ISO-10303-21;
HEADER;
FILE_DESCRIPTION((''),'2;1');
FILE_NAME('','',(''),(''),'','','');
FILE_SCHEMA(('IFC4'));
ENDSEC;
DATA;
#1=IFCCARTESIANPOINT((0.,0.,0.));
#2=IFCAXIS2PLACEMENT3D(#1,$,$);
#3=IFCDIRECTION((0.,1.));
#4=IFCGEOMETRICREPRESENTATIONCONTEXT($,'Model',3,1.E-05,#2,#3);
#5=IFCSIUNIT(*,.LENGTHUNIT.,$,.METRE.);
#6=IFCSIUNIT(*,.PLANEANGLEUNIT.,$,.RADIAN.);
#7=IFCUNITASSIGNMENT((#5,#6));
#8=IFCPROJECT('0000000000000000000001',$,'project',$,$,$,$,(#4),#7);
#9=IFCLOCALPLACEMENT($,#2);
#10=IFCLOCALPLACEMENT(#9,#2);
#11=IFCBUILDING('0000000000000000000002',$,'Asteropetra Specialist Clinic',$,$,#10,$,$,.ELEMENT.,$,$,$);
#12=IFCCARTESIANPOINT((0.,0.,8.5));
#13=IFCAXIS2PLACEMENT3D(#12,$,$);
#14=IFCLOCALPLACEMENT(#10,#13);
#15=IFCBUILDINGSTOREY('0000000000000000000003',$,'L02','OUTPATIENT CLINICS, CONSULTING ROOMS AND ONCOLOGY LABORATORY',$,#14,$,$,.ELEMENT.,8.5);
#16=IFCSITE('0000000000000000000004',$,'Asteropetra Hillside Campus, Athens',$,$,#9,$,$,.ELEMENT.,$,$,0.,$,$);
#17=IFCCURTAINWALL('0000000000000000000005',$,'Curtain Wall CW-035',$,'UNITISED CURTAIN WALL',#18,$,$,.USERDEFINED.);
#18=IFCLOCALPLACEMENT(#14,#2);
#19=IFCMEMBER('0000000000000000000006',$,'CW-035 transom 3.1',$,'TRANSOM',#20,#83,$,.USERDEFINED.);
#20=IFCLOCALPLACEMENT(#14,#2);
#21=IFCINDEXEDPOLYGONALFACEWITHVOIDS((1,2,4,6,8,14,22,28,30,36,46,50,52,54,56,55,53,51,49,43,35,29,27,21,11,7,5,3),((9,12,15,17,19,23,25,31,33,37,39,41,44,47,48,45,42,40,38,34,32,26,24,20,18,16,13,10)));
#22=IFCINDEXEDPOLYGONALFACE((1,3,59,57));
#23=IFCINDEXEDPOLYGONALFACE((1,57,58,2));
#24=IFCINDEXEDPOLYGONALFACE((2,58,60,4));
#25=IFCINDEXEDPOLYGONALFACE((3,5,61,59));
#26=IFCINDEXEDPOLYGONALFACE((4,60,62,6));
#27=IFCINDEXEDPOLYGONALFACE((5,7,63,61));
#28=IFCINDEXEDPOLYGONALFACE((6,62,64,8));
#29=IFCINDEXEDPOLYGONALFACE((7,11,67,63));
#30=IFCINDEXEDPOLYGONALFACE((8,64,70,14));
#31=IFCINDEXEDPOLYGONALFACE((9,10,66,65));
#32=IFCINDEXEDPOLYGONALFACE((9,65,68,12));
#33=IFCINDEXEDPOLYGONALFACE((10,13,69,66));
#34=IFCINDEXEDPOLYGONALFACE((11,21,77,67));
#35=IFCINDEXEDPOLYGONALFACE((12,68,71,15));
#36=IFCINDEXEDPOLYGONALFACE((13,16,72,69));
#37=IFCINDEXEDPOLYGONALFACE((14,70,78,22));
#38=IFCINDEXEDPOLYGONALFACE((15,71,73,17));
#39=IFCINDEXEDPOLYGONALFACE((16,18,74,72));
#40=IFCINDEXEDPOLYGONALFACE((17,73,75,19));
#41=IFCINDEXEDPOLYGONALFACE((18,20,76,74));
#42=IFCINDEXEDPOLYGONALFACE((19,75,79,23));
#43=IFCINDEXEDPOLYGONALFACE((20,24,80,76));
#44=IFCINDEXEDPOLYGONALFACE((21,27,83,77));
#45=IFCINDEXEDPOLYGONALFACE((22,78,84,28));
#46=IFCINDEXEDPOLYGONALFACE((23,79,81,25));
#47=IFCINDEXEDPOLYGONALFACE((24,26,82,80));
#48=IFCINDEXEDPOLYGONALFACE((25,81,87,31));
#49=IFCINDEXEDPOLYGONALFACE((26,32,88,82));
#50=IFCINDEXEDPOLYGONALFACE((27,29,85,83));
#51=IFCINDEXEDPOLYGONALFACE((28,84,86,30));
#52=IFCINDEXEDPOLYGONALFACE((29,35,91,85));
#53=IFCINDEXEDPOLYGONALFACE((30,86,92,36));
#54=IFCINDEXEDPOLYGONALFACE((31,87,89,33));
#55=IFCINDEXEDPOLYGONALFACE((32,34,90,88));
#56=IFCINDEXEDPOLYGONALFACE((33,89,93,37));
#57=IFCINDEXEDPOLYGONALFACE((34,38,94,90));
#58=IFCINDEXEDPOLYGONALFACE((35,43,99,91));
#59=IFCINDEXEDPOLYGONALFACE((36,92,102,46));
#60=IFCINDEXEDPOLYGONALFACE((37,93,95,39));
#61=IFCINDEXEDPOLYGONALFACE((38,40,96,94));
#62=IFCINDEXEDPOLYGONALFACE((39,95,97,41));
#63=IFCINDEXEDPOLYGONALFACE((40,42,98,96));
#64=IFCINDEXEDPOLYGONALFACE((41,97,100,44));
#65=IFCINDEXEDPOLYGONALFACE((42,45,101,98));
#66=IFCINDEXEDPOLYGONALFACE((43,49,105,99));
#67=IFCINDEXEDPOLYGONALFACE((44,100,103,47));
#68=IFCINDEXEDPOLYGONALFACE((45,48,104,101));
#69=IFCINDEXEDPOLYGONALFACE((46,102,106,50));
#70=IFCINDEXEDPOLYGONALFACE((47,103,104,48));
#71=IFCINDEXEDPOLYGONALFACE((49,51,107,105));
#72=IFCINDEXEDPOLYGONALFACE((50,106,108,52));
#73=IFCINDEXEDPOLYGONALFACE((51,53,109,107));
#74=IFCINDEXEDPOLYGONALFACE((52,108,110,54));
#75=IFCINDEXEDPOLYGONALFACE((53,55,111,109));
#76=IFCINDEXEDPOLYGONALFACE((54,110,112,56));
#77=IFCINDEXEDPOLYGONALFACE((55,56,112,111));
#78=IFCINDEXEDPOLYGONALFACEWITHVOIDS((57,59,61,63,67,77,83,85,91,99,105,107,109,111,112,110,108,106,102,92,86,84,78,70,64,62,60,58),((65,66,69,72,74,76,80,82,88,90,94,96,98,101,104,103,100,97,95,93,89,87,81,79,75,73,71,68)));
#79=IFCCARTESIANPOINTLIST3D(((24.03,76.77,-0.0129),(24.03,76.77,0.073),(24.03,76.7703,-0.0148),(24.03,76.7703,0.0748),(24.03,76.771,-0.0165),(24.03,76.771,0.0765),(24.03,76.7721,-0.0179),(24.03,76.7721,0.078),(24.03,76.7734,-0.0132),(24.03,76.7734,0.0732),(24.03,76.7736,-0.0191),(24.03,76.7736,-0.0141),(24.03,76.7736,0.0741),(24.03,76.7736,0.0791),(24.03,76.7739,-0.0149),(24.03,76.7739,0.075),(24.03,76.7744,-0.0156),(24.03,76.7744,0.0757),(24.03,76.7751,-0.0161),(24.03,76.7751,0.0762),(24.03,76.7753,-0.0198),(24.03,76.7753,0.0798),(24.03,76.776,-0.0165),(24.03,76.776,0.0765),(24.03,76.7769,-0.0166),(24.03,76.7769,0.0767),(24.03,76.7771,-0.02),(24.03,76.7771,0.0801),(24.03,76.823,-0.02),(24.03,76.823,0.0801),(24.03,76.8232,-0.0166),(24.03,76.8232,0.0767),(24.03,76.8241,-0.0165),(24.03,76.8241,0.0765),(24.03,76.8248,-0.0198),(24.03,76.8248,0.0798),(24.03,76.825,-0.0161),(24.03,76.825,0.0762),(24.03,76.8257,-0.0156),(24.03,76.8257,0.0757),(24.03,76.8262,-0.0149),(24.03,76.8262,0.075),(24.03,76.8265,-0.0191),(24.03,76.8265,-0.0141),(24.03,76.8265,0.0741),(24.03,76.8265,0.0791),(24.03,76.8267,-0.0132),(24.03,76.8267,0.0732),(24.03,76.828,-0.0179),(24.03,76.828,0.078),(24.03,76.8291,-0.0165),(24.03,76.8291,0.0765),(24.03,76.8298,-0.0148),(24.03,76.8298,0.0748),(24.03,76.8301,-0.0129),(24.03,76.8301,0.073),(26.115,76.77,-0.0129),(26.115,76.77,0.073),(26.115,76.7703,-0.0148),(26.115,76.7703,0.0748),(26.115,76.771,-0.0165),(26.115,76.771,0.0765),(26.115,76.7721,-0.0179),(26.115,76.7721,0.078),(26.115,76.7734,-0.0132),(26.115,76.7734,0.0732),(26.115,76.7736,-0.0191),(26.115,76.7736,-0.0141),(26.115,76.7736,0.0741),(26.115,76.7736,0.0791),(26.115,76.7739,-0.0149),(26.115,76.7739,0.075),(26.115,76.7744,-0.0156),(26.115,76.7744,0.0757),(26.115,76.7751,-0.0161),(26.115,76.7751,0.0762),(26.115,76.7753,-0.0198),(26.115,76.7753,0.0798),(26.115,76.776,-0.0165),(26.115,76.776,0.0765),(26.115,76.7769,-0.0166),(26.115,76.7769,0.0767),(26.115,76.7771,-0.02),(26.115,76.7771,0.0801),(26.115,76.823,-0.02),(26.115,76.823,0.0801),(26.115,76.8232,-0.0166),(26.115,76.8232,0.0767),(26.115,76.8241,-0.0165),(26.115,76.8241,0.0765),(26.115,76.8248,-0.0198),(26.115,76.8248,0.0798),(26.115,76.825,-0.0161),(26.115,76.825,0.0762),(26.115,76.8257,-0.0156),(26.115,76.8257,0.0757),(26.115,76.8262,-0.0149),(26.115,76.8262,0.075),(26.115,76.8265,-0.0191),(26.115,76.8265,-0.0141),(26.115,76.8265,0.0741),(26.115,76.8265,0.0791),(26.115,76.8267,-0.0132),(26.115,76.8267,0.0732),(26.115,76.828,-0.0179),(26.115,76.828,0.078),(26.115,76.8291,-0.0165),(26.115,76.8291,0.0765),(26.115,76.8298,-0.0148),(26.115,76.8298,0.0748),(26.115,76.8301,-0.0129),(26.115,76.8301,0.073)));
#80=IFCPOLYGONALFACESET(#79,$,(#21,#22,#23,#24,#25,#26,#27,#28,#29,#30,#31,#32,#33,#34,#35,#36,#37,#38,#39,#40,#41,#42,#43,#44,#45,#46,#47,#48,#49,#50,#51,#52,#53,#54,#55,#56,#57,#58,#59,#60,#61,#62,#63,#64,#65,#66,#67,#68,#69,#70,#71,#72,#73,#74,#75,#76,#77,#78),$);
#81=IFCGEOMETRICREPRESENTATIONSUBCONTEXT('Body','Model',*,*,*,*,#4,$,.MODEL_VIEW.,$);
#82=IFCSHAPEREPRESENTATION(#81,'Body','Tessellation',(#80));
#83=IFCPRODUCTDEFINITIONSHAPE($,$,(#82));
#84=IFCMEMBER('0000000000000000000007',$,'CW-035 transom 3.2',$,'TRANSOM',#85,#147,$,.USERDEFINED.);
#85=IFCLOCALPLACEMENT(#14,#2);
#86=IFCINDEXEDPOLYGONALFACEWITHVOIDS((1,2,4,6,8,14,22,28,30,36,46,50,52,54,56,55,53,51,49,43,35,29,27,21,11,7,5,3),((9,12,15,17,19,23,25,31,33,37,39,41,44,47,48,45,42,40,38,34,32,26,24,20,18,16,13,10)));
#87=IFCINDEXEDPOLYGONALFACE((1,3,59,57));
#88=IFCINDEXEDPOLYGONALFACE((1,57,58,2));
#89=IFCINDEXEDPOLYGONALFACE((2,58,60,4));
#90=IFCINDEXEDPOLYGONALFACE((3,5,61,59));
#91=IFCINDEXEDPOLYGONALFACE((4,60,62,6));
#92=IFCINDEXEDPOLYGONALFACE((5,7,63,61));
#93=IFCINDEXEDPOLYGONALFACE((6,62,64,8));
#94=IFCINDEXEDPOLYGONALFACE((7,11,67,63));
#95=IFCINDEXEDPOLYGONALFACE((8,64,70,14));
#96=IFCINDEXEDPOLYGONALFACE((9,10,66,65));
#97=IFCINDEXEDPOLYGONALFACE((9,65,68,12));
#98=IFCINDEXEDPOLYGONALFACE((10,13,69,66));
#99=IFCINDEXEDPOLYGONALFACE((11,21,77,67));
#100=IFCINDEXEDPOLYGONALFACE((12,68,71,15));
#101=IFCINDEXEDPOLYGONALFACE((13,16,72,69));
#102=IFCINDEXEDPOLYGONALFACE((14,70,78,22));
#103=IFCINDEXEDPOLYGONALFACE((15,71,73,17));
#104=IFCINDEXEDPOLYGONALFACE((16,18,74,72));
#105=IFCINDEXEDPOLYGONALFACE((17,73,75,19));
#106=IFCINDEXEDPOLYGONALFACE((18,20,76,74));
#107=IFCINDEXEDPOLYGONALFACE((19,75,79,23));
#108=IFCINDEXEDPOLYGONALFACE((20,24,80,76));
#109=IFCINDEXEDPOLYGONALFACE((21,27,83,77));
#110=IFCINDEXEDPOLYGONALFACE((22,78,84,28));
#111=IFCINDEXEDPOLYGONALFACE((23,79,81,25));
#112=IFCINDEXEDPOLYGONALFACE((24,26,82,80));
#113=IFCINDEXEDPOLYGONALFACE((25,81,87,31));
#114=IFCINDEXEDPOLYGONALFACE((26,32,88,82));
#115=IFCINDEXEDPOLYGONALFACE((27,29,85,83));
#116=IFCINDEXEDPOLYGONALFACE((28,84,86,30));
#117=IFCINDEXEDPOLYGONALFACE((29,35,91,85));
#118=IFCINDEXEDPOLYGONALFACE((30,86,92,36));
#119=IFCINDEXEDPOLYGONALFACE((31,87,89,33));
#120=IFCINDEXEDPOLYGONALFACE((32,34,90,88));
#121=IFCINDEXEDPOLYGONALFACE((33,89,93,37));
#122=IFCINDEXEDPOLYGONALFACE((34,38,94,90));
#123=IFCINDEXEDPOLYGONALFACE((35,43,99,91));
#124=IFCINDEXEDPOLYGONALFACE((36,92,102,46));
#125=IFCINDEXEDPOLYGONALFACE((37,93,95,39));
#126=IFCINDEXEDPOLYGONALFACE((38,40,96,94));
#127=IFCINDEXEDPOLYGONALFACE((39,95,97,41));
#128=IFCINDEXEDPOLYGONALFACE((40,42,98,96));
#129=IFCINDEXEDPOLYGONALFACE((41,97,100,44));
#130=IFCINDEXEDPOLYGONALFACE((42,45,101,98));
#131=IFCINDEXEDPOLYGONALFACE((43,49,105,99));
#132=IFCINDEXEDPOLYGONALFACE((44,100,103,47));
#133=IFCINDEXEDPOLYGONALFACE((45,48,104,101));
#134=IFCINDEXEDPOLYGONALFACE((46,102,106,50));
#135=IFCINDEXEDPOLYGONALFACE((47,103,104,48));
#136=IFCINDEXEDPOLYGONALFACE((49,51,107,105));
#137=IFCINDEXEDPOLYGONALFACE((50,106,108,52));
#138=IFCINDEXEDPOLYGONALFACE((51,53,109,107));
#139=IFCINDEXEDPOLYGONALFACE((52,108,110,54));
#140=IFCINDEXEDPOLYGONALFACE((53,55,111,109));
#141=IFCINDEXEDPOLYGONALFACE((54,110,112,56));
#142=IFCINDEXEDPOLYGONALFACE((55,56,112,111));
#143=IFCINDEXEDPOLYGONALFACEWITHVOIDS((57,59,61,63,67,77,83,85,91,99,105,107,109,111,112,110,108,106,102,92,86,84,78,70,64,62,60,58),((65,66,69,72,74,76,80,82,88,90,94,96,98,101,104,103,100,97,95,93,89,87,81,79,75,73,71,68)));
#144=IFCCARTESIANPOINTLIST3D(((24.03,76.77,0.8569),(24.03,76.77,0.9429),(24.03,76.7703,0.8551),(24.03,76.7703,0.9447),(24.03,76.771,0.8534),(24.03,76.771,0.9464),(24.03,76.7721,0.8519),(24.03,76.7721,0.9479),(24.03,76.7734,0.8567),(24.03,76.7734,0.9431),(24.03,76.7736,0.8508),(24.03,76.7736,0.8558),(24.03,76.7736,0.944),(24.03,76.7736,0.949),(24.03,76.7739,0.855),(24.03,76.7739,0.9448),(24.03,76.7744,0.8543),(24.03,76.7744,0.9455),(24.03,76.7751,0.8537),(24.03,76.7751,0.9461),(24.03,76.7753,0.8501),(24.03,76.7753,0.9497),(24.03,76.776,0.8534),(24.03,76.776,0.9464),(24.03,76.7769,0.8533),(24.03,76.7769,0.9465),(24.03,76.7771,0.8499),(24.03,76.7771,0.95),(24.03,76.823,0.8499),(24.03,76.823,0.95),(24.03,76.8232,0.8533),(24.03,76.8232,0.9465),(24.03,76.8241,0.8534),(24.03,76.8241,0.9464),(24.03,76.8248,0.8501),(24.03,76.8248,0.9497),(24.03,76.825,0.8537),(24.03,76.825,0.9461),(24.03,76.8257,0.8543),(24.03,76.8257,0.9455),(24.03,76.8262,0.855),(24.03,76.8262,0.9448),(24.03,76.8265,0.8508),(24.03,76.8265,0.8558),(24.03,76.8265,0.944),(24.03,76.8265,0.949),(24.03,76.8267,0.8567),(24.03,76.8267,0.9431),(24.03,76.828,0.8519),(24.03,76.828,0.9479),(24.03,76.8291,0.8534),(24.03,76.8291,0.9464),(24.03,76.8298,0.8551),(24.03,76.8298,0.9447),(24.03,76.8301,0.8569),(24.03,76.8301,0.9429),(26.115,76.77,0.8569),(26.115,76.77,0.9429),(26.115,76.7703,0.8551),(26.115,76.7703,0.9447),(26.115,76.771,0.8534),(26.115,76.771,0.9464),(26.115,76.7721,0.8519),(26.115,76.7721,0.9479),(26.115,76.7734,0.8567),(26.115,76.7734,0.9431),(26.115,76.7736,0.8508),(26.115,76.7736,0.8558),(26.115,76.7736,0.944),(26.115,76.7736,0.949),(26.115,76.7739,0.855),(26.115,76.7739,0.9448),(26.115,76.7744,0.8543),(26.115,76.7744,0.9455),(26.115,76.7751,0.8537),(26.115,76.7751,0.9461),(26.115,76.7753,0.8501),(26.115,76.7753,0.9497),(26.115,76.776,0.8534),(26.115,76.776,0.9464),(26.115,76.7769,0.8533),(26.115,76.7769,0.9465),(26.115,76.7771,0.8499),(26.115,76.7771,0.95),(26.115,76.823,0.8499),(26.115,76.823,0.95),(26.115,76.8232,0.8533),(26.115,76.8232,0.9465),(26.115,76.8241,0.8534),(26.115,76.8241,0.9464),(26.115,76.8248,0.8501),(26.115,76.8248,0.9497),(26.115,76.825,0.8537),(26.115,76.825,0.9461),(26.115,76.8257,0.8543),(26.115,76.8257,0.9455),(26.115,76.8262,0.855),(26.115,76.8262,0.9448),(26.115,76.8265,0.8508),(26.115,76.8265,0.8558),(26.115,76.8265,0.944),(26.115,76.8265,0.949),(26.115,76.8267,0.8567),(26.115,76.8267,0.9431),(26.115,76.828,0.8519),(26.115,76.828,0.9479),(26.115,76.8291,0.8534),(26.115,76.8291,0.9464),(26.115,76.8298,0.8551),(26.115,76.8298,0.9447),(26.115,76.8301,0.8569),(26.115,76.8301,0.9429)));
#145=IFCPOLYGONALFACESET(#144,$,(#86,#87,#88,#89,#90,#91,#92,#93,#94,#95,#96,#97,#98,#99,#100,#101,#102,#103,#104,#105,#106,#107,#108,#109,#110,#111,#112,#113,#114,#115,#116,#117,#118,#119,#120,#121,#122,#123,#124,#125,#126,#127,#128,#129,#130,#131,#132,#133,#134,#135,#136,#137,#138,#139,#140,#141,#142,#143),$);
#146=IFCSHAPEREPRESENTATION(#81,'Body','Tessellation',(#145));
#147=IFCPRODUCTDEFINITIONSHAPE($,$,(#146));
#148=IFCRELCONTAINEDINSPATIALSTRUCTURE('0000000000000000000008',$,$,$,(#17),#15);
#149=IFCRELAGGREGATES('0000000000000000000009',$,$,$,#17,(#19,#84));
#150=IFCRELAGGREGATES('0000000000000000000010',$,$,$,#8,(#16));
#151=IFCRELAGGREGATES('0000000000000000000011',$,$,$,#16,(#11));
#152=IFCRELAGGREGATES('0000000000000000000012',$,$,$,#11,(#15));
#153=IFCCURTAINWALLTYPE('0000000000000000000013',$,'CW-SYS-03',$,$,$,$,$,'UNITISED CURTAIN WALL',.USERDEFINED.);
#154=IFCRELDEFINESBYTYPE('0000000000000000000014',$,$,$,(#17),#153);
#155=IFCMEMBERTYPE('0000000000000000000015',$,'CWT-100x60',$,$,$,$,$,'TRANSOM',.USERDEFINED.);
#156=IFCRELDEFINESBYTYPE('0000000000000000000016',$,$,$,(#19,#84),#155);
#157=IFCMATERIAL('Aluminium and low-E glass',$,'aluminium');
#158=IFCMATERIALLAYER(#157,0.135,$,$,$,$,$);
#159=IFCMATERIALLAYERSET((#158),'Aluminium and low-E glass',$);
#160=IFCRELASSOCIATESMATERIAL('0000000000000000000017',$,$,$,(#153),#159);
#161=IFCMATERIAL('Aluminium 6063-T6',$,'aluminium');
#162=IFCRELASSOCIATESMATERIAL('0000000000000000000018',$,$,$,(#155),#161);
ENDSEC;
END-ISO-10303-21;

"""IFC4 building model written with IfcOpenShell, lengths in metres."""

from ifc_helpers import new_model, si_unit, direction, frame, origin, origin_2d, place, context, subcontext, project, spatial, hollow_rectangle, extrude, material, layer, layer_set, material_profile, profile_set, type_object, element, aggregate, save


model = new_model("IFC4")

# Units and contexts
model_context = context("Model", 3, precision=1e-05, world=origin(), true_north=direction((0.0, 1.0)))
body_context = subcontext(model_context, "Body", "Model", "MODEL_VIEW")
ifc_project = project(units=[si_unit("LENGTHUNIT", "METRE"), si_unit("PLANEANGLEUNIT", "RADIAN")], contexts=[model_context])

# Site, building, storey
site_placement = place(None, origin())
site = spatial("IfcSite", under=ifc_project, at=site_placement, Name="Asteropetra Hillside Campus, Athens", CompositionType="ELEMENT", RefElevation=0.0)
building_placement = place(site_placement, origin())
building = spatial("IfcBuilding", under=site, at=building_placement, Name="Asteropetra Specialist Clinic", CompositionType="ELEMENT")
storey_placement = place(building_placement, frame((0.0, 0.0, 8.5)))
storey = spatial("IfcBuildingStorey", under=building, at=storey_placement, Name="L02", Description="OUTPATIENT CLINICS, CONSULTING ROOMS AND ONCOLOGY LABORATORY", CompositionType="ELEMENT", Elevation=8.5)

# Curtain wall
ifc_material_1 = material(Name="Aluminium and low-E glass", Category="aluminium")
ifc_layer_1 = layer(ifc_material_1, 0.135)
ifc_layer_set_1 = layer_set([ifc_layer_1], Name="Aluminium and low-E glass")
curtain_wall_type_1 = type_object("IfcCurtainWallType", Name="CW-SYS-03", ElementType="UNITISED CURTAIN WALL", PredefinedType="USERDEFINED", material=ifc_layer_set_1)
curtain_wall_1_placement = place(storey_placement, origin())
curtain_wall_1 = element("IfcCurtainWall", 1, at=curtain_wall_1_placement, inside=storey, type_object=curtain_wall_type_1, Name="Curtain Wall CW-035", ObjectType="UNITISED CURTAIN WALL", PredefinedType="USERDEFINED")

# Members
ifc_material_2 = material(Name="Aluminium 6063-T6", Category="aluminium")
ifc_material_profile_1 = material_profile(ifc_material_2, hollow_rectangle(XDim=0.0601, YDim=0.1001, WallThickness=0.0034, InnerFilletRadius=0.0034, OuterFilletRadius=0.0071, at=origin_2d()), Name="TRN 100x60x3.5")
ifc_profile_set_1 = profile_set([ifc_material_profile_1], Name="Aluminium 6063-T6")
member_type_1 = type_object("IfcMemberType", Name="CWT-100x60", ElementType="TRANSOM", PredefinedType="USERDEFINED", material=ifc_profile_set_1)
member_1_placement = place(storey_placement, frame((24.03, 76.8, 0.03), z_axis=(1.0, 0.0, 0.0), x_axis=(0.0, 1.0, 0.0)))
member_1 = element("IfcMember", 2, at=member_1_placement, type_object=member_type_1, Name="CW-035 transom 3.1", ObjectType="TRANSOM", PredefinedType="USERDEFINED", context=body_context, shape_type="SweptSolid", body=[
    extrude(hollow_rectangle(XDim=0.0601, YDim=0.1001, WallThickness=0.0034, InnerFilletRadius=0.0034, OuterFilletRadius=0.0071, at=origin_2d()), origin(), (0.0, 0.0, 1.0), 2.085),
])
member_2_placement = place(storey_placement, frame((24.03, 76.8, 0.8999), z_axis=(1.0, 0.0, 0.0), x_axis=(0.0, 1.0, 0.0)))
member_2 = element("IfcMember", 3, at=member_2_placement, type_object=member_type_1, Name="CW-035 transom 3.2", ObjectType="TRANSOM", PredefinedType="USERDEFINED", context=body_context, shape_type="SweptSolid", body=[
    extrude(hollow_rectangle(XDim=0.0601, YDim=0.1001, WallThickness=0.0034, InnerFilletRadius=0.0034, OuterFilletRadius=0.0071, at=origin_2d()), origin(), (0.0, 0.0, 1.0), 2.085),
])

aggregate(curtain_wall_1, [member_1, member_2])

save(model, "model.ifc")
